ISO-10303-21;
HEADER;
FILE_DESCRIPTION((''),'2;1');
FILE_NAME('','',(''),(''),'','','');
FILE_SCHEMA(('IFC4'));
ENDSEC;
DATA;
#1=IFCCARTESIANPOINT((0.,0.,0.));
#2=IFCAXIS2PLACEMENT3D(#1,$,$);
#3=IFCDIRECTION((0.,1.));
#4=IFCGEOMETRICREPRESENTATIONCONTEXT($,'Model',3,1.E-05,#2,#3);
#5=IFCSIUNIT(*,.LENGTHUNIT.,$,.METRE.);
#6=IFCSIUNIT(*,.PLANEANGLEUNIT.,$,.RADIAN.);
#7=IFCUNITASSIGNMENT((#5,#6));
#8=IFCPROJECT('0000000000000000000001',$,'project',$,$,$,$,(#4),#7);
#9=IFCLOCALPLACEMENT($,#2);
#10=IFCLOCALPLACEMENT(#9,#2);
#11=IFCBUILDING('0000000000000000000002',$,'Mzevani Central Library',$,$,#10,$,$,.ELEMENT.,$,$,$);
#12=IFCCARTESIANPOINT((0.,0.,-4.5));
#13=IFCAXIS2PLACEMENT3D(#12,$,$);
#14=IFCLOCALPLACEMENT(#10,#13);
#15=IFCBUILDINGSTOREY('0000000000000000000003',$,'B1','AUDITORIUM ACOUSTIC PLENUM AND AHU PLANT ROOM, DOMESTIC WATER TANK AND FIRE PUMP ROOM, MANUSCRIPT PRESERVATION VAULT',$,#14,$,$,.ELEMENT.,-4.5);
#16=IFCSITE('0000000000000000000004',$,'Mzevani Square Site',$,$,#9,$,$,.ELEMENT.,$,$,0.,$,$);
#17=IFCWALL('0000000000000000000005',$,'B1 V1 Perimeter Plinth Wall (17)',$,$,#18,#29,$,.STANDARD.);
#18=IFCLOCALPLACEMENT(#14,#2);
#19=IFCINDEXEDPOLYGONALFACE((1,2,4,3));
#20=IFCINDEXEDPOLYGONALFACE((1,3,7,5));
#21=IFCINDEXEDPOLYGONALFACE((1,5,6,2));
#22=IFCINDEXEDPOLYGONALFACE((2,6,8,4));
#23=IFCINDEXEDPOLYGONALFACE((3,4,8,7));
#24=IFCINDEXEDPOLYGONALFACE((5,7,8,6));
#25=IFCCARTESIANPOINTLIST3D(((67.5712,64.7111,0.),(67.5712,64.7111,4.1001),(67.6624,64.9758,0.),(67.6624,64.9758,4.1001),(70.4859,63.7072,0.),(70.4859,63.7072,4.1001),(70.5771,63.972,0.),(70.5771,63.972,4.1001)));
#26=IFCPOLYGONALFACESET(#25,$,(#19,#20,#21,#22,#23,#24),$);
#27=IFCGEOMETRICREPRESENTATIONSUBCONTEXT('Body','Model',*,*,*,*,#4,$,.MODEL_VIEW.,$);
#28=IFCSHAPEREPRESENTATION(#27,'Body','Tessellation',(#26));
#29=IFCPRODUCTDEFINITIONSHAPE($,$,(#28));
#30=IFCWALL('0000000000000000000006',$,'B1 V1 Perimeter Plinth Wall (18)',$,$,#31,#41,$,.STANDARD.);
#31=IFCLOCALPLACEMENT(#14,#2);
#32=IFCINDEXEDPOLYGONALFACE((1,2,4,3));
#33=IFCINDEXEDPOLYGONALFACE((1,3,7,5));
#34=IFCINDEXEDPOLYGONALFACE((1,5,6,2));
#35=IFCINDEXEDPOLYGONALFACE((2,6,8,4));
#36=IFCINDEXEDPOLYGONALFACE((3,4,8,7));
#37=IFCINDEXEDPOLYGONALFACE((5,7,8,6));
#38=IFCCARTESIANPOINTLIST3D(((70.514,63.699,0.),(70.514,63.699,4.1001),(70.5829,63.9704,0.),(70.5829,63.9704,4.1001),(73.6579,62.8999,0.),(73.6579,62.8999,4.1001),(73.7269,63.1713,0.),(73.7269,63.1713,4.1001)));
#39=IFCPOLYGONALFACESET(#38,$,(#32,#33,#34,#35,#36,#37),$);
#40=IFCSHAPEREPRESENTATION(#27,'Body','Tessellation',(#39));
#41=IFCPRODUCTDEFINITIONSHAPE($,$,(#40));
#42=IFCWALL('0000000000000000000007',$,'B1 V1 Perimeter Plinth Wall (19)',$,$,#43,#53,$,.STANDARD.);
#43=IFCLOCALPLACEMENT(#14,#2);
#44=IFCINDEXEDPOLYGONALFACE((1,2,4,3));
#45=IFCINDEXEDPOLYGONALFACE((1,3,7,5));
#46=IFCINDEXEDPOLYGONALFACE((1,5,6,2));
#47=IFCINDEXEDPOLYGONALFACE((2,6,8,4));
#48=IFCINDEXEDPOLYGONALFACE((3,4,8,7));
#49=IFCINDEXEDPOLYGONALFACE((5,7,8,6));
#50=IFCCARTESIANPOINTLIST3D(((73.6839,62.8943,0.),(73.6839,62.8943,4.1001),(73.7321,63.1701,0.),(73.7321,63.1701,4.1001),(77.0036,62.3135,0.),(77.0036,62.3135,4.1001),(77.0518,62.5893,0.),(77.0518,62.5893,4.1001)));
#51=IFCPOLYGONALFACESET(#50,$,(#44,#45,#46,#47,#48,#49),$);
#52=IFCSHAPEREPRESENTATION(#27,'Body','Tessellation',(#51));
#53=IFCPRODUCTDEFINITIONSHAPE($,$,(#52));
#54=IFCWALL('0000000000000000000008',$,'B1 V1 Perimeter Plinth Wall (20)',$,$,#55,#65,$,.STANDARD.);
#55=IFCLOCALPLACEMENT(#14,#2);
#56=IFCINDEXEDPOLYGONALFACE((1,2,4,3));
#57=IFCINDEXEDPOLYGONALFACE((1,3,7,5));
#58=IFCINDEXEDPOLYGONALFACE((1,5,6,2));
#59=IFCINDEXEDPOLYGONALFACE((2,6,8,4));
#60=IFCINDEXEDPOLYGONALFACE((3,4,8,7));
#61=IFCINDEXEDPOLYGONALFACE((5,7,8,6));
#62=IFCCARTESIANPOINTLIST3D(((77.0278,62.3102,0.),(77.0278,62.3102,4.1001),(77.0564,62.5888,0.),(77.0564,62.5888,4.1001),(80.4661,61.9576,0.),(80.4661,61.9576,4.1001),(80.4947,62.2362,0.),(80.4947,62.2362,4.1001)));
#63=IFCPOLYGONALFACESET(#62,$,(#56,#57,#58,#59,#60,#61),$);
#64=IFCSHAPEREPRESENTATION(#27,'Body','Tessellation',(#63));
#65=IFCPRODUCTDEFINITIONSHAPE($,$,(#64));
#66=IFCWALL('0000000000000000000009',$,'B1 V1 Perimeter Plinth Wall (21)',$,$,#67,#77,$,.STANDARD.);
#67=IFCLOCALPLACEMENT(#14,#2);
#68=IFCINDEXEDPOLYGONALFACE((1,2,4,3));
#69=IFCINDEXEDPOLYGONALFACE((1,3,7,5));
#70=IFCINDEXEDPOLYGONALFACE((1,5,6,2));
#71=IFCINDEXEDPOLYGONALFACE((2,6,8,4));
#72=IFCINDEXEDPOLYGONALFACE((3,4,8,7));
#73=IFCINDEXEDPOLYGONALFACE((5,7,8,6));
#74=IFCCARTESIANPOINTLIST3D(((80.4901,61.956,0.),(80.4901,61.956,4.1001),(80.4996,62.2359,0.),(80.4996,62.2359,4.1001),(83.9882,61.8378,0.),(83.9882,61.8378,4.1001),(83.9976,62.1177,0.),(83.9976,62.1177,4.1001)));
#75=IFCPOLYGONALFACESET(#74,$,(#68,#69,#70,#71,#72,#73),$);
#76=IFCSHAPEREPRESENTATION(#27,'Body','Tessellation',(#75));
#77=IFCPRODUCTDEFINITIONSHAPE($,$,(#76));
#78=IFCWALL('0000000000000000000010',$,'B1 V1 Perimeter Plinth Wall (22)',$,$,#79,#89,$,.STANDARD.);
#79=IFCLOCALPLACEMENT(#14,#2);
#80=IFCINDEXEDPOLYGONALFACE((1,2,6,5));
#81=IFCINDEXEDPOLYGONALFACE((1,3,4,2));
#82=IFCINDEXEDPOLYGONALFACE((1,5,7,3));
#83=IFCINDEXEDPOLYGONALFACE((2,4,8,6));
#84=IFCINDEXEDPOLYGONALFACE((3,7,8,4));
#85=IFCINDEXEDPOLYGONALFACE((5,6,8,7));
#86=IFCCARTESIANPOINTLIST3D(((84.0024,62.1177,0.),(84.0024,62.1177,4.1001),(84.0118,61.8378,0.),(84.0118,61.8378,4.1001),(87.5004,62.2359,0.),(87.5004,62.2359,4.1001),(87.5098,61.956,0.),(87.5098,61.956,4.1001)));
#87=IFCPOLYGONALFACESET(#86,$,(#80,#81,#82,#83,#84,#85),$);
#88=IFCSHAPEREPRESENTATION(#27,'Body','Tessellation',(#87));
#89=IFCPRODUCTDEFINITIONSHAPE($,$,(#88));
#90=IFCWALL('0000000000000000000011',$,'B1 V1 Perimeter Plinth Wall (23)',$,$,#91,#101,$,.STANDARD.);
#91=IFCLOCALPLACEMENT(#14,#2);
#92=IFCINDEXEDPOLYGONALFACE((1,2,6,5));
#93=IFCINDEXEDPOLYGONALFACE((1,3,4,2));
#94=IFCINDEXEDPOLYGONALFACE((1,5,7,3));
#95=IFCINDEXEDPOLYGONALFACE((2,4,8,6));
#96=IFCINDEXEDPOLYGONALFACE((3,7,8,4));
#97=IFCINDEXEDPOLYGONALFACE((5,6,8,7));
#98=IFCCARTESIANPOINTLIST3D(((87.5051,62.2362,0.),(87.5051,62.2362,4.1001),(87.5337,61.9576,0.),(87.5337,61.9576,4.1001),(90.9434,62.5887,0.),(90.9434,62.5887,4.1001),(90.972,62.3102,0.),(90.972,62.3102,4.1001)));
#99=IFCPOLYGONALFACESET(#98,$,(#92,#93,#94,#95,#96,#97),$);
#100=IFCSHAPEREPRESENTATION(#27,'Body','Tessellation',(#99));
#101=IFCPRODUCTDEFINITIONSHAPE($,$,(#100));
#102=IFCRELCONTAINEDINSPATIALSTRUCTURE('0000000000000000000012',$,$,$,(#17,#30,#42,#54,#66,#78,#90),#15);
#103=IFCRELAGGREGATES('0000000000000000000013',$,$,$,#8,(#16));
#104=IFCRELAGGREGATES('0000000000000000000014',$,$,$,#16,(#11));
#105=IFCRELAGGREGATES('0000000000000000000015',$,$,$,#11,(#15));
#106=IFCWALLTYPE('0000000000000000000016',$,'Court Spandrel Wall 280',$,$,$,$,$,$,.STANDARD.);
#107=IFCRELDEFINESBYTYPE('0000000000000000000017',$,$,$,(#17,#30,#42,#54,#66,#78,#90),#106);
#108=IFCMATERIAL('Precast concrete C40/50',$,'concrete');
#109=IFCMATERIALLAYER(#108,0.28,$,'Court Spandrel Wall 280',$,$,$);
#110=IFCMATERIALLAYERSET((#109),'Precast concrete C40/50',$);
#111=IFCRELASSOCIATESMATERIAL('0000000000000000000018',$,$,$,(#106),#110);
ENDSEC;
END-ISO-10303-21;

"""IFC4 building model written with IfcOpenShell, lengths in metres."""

from ifc_helpers import new_model, si_unit, direction, frame, frame_2d, origin, place, context, subcontext, project, spatial, rectangle, extrude, material, layer, layer_set, type_object, element, save


model = new_model("IFC4")

# Units and contexts
model_context = context("Model", 3, precision=1e-05, world=origin(), true_north=direction((0.0, 1.0)))
body_context = subcontext(model_context, "Body", "Model", "MODEL_VIEW")
ifc_project = project(units=[si_unit("LENGTHUNIT", "METRE"), si_unit("PLANEANGLEUNIT", "RADIAN")], contexts=[model_context])

# Site, building, storey
site_placement = place(None, origin())
site = spatial("IfcSite", under=ifc_project, at=site_placement, Name="Mzevani Square Site", CompositionType="ELEMENT", RefElevation=0.0)
building_placement = place(site_placement, origin())
building = spatial("IfcBuilding", under=site, at=building_placement, Name="Mzevani Central Library", CompositionType="ELEMENT")
storey_placement = place(building_placement, frame((0.0, 0.0, -4.5)))
storey = spatial("IfcBuildingStorey", under=building, at=storey_placement, Name="B1", Description="AUDITORIUM ACOUSTIC PLENUM AND AHU PLANT ROOM, DOMESTIC WATER TANK AND FIRE PUMP ROOM, MANUSCRIPT PRESERVATION VAULT", CompositionType="ELEMENT", Elevation=-4.5)

# Walls
ifc_material_1 = material(Name="Precast concrete C40/50", Category="concrete")
ifc_layer = layer(ifc_material_1, 0.28, Name="Court Spandrel Wall 280")
ifc_layer_set = layer_set([ifc_layer], Name="Precast concrete C40/50")
wall_type = type_object("IfcWallType", Name="Court Spandrel Wall 280", PredefinedType="STANDARD", material=ifc_layer_set)
wall_1_placement = place(storey_placement, frame((67.6167, 64.8435, 0.0), z_axis=(0.0, 0.0, 1.0), x_axis=(0.945492, -0.325644, 0.0)))
element("IfcWall", 1, at=wall_1_placement, inside=storey, type_object=wall_type, Name="B1 V1 Perimeter Plinth Wall (17)", PredefinedType="STANDARD", context=body_context, shape_type="SweptSolid", body=[
    extrude(rectangle(XDim=3.0828, YDim=0.28, at=frame_2d((1.5415, 0.0))), origin(), (0.0, 0.0, 1.0), 4.1001),
])
wall_2_placement = place(storey_placement, frame((70.5483, 63.8347, 0.0), z_axis=(0.0, 0.0, 1.0), x_axis=(0.969188, -0.246323, 0.0)))
element("IfcWall", 2, at=wall_2_placement, inside=storey, type_object=wall_type, Name="B1 V1 Perimeter Plinth Wall (18)", PredefinedType="STANDARD", context=body_context, shape_type="SweptSolid", body=[
    extrude(rectangle(XDim=3.2439, YDim=0.28, at=frame_2d((1.6221, 0.0))), origin(), (0.0, 0.0, 1.0), 4.1001),
])
wall_3_placement = place(storey_placement, frame((73.708, 63.0322, 0.0), z_axis=(0.0, 0.0, 1.0), x_axis=(0.985036, -0.172347, 0.0)))
element("IfcWall", 3, at=wall_3_placement, inside=storey, type_object=wall_type, Name="B1 V1 Perimeter Plinth Wall (19)", PredefinedType="STANDARD", context=body_context, shape_type="SweptSolid", body=[
    extrude(rectangle(XDim=3.3701, YDim=0.28, at=frame_2d((1.6851, 0.0))), origin(), (0.0, 0.0, 1.0), 4.1001),
])
wall_4_placement = place(storey_placement, frame((77.0422, 62.4495, 0.0), z_axis=(0.0, 0.0, 1.0), x_axis=(0.994784, -0.102, 0.0)))
element("IfcWall", 4, at=wall_4_placement, inside=storey, type_object=wall_type, Name="B1 V1 Perimeter Plinth Wall (20)", PredefinedType="STANDARD", context=body_context, shape_type="SweptSolid", body=[
    extrude(rectangle(XDim=3.4563, YDim=0.28, at=frame_2d((1.728, 0.0))), origin(), (0.0, 0.0, 1.0), 4.1001),
])
for number, where, z_axis, x_axis, name in (
    (5, (80.4949, 62.0959, 0.0), (0.0, 0.0, 1.0), (0.99943, -0.033761, 0.0), "B1 V1 Perimeter Plinth Wall (21)"),
    (6, (84.0071, 61.9778, 0.0), (0.0, 0.0, 1.0), (0.99943, 0.033761, 0.0), "B1 V1 Perimeter Plinth Wall (22)"),
):
    element("IfcWall", number, at=place(storey_placement, frame(where, z_axis=z_axis, x_axis=x_axis)), inside=storey, type_object=wall_type, Name=name, PredefinedType="STANDARD", context=body_context, shape_type="SweptSolid", body=[
        extrude(rectangle(XDim=3.5, YDim=0.28, at=frame_2d((1.75, 0.0))), origin(), (0.0, 0.0, 1.0), 4.1001),
    ])
wall_5_placement = place(storey_placement, frame((87.5195, 62.0969, 0.0), z_axis=(0.0, 0.0, 1.0), x_axis=(0.994784, 0.102, 0.0)))
element("IfcWall", 7, at=wall_5_placement, inside=storey, type_object=wall_type, Name="B1 V1 Perimeter Plinth Wall (23)", PredefinedType="STANDARD", context=body_context, shape_type="SweptSolid", body=[
    extrude(rectangle(XDim=3.4563, YDim=0.28, at=frame_2d((1.728, 0.0))), origin(), (0.0, 0.0, 1.0), 4.1001),
])

save(model, "model.ifc")
